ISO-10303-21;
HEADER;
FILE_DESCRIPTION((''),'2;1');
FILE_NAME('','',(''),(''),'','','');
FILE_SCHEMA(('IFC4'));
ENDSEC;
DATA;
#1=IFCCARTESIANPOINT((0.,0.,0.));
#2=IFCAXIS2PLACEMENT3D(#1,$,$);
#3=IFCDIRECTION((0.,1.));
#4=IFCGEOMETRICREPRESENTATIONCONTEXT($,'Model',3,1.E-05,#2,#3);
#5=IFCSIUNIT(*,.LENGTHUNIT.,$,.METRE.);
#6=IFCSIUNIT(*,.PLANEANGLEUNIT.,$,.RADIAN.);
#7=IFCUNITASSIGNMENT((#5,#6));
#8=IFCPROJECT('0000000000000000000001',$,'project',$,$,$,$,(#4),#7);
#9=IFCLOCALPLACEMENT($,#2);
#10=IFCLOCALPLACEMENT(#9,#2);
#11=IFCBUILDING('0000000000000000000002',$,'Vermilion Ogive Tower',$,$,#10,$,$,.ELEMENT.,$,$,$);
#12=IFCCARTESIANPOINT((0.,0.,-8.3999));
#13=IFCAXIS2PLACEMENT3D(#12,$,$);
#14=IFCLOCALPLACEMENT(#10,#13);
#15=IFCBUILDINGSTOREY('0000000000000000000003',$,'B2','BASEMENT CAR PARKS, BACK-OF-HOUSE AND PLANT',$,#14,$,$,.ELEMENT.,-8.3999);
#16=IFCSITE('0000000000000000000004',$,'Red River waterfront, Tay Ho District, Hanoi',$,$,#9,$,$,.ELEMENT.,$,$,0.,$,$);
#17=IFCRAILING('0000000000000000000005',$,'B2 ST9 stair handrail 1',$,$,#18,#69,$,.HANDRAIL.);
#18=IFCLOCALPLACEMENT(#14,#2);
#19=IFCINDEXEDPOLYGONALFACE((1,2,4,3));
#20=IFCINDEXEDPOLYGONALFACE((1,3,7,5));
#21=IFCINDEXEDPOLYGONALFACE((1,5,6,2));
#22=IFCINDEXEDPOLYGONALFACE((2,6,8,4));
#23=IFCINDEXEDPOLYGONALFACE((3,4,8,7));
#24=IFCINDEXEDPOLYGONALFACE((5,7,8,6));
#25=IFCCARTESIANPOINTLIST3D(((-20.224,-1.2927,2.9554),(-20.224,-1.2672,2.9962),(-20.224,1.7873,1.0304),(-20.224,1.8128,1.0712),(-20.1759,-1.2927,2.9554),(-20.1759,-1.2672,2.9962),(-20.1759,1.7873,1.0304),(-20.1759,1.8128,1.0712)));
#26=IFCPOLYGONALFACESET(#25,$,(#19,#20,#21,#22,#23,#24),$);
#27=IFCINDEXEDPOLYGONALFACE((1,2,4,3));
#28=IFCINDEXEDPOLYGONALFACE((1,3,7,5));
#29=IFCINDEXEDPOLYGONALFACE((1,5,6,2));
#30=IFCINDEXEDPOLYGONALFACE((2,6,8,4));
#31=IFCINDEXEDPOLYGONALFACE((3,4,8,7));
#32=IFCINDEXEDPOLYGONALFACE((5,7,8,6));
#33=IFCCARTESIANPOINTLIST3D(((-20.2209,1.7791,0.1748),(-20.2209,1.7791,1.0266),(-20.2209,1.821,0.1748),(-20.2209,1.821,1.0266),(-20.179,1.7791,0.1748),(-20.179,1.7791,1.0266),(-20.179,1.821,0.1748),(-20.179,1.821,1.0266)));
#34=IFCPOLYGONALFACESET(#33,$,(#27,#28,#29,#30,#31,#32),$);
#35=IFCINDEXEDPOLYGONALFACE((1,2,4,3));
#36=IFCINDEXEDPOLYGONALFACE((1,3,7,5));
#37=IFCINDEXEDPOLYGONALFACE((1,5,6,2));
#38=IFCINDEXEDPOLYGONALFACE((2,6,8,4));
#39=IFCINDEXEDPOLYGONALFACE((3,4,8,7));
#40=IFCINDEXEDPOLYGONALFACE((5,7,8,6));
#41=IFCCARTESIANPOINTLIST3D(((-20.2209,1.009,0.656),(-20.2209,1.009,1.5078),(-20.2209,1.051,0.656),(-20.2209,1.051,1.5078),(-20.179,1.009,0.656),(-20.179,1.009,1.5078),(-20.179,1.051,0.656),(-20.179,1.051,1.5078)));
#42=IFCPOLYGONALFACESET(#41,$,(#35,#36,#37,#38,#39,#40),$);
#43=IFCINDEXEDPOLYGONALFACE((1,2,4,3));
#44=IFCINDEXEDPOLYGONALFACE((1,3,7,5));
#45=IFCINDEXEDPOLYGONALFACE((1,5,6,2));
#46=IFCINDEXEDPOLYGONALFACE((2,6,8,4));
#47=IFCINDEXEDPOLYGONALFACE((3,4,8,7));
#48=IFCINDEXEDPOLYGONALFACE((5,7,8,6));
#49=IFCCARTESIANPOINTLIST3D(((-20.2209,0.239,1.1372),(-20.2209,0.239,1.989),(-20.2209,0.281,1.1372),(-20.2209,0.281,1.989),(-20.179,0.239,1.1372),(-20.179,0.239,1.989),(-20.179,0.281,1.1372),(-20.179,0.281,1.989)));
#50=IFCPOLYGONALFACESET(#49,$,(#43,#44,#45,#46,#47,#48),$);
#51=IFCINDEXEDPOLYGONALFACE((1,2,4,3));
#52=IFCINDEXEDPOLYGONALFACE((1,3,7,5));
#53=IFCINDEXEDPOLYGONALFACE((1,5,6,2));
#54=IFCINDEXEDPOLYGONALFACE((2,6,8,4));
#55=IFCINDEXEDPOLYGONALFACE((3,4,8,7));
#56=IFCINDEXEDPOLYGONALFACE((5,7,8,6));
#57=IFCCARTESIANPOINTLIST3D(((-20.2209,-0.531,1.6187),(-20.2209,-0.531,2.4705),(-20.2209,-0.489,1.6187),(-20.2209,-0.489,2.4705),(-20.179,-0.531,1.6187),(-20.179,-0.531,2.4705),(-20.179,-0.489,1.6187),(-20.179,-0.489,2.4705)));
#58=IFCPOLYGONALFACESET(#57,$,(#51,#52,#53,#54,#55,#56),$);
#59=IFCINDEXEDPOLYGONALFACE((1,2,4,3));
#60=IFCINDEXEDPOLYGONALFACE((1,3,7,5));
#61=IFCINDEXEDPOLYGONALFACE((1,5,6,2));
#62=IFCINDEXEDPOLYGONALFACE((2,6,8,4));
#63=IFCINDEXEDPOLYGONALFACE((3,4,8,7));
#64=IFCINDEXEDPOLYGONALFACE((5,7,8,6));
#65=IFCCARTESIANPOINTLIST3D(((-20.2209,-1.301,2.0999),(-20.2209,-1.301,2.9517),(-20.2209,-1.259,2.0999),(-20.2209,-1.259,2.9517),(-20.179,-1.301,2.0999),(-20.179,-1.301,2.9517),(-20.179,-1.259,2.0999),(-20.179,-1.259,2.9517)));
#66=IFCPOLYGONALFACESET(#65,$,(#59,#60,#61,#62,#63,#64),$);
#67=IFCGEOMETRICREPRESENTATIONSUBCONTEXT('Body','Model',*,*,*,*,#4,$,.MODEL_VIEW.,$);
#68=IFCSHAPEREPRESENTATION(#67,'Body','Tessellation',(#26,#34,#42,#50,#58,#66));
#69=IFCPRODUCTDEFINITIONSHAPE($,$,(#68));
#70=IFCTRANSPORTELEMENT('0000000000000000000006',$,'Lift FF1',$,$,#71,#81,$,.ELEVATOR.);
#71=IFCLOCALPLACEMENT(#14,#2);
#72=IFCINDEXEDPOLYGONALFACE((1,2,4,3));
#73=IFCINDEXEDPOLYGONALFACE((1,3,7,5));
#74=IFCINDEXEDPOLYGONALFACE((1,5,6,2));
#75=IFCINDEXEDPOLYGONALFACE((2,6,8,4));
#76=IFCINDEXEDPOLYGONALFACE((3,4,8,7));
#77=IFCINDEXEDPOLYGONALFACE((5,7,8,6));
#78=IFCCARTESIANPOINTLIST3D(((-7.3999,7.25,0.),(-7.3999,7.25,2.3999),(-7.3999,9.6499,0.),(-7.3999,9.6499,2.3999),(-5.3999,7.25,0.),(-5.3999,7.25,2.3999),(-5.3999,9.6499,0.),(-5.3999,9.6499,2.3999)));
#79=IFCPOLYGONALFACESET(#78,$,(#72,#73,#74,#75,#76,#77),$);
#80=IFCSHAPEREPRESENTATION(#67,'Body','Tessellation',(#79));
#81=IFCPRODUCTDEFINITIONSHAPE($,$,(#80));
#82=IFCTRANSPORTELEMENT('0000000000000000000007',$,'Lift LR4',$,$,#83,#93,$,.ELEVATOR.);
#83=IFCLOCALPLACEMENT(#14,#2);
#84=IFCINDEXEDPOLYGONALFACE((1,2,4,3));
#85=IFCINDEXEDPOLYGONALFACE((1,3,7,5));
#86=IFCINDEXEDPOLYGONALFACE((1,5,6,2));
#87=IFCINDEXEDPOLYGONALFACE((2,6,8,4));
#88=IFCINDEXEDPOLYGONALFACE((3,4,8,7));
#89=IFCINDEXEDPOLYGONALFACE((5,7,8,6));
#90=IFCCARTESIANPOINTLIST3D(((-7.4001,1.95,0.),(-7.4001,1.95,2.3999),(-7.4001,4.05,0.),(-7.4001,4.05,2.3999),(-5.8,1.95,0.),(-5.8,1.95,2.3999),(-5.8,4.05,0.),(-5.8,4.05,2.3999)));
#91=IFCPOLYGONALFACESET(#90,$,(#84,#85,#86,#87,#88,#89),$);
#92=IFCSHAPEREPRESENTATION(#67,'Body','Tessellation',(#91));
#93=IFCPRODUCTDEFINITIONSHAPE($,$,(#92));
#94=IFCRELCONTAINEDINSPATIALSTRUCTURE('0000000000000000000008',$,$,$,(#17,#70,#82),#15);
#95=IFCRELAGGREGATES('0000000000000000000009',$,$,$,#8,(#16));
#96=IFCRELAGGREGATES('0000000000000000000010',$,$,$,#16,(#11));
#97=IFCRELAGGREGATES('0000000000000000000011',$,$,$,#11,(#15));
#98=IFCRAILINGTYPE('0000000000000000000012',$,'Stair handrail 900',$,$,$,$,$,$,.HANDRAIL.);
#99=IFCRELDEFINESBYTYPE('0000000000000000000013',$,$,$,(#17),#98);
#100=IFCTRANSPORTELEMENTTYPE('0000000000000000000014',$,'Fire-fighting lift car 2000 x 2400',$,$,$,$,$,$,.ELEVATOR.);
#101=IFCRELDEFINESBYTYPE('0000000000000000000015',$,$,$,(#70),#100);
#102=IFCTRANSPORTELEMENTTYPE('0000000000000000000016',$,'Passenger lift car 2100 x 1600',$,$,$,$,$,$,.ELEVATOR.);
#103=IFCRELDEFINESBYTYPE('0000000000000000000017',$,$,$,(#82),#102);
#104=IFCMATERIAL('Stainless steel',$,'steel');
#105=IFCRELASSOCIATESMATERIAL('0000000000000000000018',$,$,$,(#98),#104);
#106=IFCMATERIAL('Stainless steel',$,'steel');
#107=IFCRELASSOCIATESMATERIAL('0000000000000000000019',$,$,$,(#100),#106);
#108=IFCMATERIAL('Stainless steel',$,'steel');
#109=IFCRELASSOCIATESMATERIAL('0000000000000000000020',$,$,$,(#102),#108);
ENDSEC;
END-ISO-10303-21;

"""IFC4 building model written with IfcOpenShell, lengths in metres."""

from ifc_helpers import new_model, si_unit, direction, frame, origin, origin_2d, place, context, subcontext, project, spatial, rectangle, extrude, material, type_object, element, save


model = new_model("IFC4")

# Units and contexts
model_context = context("Model", 3, precision=1e-05, world=origin(), true_north=direction((0.0, 1.0)))
body_context = subcontext(model_context, "Body", "Model", "MODEL_VIEW")
ifc_project = project(units=[si_unit("LENGTHUNIT", "METRE"), si_unit("PLANEANGLEUNIT", "RADIAN")], contexts=[model_context])

# Site, building, storey
site_placement = place(None, origin())
site = spatial("IfcSite", under=ifc_project, at=site_placement, Name="Red River waterfront, Tay Ho District, Hanoi", CompositionType="ELEMENT", RefElevation=0.0)
building_placement = place(site_placement, origin())
building = spatial("IfcBuilding", under=site, at=building_placement, Name="Vermilion Ogive Tower", CompositionType="ELEMENT")
storey_placement = place(building_placement, frame((0.0, 0.0, -8.3999)))
storey = spatial("IfcBuildingStorey", under=building, at=storey_placement, Name="B2", Description="BASEMENT CAR PARKS, BACK-OF-HOUSE AND PLANT", CompositionType="ELEMENT", Elevation=-8.3999)

# Railing
ifc_material_1 = material(Name="Stainless steel", Category="steel")
railing_type_1 = type_object("IfcRailingType", Name="Stair handrail 900", PredefinedType="HANDRAIL", material=ifc_material_1)
railing_1_placement = place(storey_placement, frame((-20.2, 1.8, 0.1748)))
element("IfcRailing", 1, at=railing_1_placement, inside=storey, type_object=railing_type_1, Name="B2 ST9 stair handrail 1", PredefinedType="HANDRAIL", context=body_context, shape_type="SweptSolid", body=[
    extrude(rectangle(XDim=0.0481, YDim=0.0481, at=origin_2d()), frame((0.0, 0.0, 0.876), z_axis=(0.0, -0.847998, 0.529999), x_axis=(1.0, 0.0, 0.0)), (0.0, 0.0, 1.0), 3.6321),
    extrude(rectangle(XDim=0.042, YDim=0.042, at=origin_2d()), origin(), (0.0, 0.0, 1.0), 0.8518),
    extrude(rectangle(XDim=0.042, YDim=0.042, at=origin_2d()), frame((0.0, -0.77, 0.4812)), (0.0, 0.0, 1.0), 0.8518),
    extrude(rectangle(XDim=0.042, YDim=0.042, at=origin_2d()), frame((0.0, -1.54, 0.9624)), (0.0, 0.0, 1.0), 0.8518),
    extrude(rectangle(XDim=0.042, YDim=0.042, at=origin_2d()), frame((0.0, -2.3101, 1.4438)), (0.0, 0.0, 1.0), 0.8518),
    extrude(rectangle(XDim=0.042, YDim=0.042, at=origin_2d()), frame((0.0, -3.0801, 1.925)), (0.0, 0.0, 1.0), 0.8518),
])

# Transport elements
ifc_material_2 = material(Name="Stainless steel", Category="steel")
transport_element_type_1 = type_object("IfcTransportElementType", Name="Fire-fighting lift car 2000 x 2400", PredefinedType="ELEVATOR", material=ifc_material_2)
transport_element_1_placement = place(storey_placement, frame((-6.3999, 8.45, 0.0), z_axis=(0.0, 0.0, 1.0), x_axis=(1.0, 0.0, 0.0)))
element("IfcTransportElement", 2, at=transport_element_1_placement, inside=storey, type_object=transport_element_type_1, Name="Lift FF1", PredefinedType="ELEVATOR", context=body_context, shape_type="SweptSolid", body=[
    extrude(rectangle(XDim=2.0, YDim=2.3999, at=origin_2d()), origin(), (0.0, 0.0, 1.0), 2.3999),
])
ifc_material_3 = material(Name="Stainless steel", Category="steel")
transport_element_type_2 = type_object("IfcTransportElementType", Name="Passenger lift car 2100 x 1600", PredefinedType="ELEVATOR", material=ifc_material_3)
transport_element_2_placement = place(storey_placement, frame((-6.6001, 3.0, 0.0), z_axis=(0.0, 0.0, 1.0), x_axis=(1.0, 0.0, 0.0)))
element("IfcTransportElement", 3, at=transport_element_2_placement, inside=storey, type_object=transport_element_type_2, Name="Lift LR4", PredefinedType="ELEVATOR", context=body_context, shape_type="SweptSolid", body=[
    extrude(rectangle(XDim=1.6001, YDim=2.1001, at=origin_2d()), origin(), (0.0, 0.0, 1.0), 2.3999),
])

save(model, "model.ifc")
